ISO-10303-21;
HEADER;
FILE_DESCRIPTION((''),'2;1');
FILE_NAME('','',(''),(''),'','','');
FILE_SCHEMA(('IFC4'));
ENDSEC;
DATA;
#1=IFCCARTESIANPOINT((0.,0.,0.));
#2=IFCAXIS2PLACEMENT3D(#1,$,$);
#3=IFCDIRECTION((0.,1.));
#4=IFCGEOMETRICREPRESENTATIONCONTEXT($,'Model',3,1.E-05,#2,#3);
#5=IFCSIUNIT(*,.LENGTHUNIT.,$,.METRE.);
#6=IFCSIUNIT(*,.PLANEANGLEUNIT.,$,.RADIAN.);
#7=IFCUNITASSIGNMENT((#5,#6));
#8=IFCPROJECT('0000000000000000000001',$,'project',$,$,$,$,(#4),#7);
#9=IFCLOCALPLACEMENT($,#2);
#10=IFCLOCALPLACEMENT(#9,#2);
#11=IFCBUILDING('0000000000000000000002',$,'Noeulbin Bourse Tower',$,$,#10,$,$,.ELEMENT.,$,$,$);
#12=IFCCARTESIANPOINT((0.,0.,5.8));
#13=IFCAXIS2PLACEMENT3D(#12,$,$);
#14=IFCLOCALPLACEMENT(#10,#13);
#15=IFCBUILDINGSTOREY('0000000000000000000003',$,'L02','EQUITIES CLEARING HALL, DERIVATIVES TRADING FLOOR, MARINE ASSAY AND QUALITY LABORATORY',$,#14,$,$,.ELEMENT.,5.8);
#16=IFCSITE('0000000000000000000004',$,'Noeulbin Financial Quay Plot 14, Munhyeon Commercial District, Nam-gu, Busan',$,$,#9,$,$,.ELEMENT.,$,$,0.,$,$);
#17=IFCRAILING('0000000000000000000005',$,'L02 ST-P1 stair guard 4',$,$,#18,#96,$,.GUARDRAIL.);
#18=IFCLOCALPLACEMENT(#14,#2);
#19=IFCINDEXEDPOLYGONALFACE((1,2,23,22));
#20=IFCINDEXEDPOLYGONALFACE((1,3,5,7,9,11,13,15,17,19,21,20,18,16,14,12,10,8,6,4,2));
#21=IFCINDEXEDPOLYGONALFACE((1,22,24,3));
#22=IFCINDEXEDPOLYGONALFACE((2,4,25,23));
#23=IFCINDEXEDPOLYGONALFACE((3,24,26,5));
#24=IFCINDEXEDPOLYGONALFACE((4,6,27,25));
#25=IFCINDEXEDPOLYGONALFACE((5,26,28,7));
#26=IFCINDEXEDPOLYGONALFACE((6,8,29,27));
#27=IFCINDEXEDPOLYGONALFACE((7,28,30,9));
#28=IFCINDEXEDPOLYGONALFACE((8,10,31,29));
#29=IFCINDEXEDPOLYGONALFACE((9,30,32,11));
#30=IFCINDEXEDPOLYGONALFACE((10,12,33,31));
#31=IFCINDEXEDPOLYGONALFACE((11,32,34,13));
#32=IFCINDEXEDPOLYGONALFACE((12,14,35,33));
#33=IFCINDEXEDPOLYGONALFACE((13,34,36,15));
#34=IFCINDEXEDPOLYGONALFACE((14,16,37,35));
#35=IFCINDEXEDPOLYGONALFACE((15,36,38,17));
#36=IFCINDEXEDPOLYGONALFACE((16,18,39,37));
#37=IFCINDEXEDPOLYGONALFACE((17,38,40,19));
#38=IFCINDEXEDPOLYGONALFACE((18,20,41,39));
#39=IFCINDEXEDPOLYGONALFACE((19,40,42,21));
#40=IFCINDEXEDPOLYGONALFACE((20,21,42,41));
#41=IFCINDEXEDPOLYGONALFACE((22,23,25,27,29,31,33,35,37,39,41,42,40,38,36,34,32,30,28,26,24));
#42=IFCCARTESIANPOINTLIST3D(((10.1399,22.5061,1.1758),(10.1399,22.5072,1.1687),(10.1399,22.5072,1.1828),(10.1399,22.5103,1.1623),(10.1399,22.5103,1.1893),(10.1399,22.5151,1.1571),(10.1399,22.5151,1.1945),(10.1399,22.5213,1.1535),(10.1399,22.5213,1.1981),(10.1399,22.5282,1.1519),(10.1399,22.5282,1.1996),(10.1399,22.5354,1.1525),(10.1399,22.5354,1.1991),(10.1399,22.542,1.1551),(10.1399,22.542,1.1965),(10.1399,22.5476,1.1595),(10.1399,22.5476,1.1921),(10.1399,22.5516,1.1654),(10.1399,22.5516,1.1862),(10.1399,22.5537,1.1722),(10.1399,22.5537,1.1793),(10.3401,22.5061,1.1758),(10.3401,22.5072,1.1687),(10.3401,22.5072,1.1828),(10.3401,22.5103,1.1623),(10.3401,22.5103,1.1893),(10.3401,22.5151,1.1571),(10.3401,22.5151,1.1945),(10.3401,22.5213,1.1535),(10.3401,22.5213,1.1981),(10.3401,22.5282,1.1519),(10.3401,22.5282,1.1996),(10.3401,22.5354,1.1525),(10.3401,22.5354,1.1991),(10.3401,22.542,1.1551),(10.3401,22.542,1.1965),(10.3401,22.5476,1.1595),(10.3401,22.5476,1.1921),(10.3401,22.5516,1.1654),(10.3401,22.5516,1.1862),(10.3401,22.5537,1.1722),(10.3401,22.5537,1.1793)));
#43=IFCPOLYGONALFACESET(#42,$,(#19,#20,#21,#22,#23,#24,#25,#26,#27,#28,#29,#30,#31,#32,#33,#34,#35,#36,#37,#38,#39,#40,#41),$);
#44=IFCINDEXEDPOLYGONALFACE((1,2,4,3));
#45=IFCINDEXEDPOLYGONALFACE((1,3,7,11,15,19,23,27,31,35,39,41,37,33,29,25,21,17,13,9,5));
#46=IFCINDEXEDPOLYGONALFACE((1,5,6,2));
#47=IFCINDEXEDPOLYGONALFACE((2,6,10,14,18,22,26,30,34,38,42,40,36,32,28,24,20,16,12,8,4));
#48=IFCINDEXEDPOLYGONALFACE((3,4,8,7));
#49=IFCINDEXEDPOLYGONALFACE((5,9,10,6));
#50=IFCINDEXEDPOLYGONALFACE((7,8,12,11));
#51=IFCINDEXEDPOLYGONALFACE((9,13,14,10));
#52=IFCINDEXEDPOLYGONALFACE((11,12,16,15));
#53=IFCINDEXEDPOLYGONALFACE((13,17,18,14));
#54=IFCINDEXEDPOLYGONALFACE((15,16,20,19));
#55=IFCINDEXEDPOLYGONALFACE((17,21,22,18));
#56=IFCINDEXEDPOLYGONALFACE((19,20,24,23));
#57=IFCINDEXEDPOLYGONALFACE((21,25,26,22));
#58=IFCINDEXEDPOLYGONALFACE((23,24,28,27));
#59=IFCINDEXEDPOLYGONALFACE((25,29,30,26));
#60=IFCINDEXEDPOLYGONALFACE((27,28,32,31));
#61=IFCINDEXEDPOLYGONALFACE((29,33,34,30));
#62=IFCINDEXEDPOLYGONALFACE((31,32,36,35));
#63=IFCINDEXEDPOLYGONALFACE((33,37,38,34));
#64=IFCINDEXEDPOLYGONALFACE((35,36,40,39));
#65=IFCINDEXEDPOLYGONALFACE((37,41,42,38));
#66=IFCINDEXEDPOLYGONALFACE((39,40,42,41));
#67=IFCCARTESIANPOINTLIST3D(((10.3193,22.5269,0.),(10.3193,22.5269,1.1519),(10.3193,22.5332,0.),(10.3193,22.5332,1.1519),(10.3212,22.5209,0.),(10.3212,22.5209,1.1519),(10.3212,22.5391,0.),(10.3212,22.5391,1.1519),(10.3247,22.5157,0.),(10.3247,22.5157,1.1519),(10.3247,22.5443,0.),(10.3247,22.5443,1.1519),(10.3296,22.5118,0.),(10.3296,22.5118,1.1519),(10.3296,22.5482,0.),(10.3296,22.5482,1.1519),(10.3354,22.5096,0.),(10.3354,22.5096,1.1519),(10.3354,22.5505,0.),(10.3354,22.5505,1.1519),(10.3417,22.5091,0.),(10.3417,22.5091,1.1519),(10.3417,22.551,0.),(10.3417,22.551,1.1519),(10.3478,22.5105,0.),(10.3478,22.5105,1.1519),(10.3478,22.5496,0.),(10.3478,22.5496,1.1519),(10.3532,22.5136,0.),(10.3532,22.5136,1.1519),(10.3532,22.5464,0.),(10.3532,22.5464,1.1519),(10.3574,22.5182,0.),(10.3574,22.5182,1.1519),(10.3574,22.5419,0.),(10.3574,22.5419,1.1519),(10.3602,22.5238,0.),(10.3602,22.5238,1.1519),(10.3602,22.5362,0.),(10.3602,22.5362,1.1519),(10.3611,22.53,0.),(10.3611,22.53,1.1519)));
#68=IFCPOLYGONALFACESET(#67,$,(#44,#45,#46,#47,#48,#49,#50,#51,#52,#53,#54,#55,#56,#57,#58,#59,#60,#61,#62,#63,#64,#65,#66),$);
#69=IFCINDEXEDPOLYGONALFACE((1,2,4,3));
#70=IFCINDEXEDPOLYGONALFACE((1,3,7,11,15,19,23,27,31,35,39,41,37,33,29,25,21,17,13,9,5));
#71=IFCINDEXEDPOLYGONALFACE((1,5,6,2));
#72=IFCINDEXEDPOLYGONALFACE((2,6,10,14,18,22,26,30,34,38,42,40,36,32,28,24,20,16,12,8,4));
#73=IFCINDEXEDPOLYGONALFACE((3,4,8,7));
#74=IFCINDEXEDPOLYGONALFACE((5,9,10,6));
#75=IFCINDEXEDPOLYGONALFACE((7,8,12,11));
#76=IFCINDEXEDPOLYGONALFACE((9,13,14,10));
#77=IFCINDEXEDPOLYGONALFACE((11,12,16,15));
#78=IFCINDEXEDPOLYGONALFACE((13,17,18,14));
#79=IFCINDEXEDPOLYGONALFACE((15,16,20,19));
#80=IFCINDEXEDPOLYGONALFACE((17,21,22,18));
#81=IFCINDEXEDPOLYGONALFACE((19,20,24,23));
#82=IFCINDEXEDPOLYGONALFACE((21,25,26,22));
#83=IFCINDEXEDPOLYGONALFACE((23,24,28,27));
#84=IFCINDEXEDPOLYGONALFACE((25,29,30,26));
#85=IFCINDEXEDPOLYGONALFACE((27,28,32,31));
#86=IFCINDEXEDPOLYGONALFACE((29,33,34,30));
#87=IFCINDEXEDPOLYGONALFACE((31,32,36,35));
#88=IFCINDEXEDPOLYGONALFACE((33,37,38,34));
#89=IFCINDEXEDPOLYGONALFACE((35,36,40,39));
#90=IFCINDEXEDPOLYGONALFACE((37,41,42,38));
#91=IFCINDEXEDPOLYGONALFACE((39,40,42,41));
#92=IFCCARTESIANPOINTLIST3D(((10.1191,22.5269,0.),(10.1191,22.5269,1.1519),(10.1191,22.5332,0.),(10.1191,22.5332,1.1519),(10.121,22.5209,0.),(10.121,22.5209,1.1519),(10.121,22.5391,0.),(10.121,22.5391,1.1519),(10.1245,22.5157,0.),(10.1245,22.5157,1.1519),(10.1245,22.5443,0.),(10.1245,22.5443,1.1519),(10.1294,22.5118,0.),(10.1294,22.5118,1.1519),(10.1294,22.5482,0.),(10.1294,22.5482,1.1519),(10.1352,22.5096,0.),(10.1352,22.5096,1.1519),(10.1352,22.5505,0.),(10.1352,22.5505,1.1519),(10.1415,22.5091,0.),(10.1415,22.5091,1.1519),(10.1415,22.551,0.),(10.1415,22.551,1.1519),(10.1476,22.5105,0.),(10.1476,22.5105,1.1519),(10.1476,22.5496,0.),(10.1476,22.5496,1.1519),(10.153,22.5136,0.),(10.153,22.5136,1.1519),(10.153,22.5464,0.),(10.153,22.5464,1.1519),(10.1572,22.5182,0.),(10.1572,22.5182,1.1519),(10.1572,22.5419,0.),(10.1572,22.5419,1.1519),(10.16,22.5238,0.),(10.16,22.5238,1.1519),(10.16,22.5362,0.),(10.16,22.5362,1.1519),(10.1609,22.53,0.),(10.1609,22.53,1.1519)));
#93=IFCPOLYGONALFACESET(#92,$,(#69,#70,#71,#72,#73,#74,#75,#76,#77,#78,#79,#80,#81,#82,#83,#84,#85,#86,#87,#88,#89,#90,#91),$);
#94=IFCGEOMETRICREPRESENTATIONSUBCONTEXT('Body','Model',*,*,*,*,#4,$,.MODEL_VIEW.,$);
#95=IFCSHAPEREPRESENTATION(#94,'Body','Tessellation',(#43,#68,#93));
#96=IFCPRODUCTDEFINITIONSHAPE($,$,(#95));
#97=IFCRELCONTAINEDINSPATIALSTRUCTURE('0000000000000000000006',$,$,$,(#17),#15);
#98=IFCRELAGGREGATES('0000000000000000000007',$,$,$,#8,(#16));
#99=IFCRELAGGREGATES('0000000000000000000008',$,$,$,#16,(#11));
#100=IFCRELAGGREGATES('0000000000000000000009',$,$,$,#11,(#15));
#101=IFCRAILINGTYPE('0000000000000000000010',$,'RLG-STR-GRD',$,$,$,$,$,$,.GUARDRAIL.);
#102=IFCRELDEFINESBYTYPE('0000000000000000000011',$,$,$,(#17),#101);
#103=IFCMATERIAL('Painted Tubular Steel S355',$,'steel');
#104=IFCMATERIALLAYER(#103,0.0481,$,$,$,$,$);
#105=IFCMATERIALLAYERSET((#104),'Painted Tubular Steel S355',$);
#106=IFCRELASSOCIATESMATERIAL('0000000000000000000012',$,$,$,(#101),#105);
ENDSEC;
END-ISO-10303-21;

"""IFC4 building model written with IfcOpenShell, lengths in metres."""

from ifc_helpers import new_model, si_unit, direction, frame, origin, origin_2d, place, context, subcontext, project, spatial, circle, extrude, material, layer, layer_set, type_object, element, save


model = new_model("IFC4")

# Units and contexts
model_context = context("Model", 3, precision=1e-05, world=origin(), true_north=direction((0.0, 1.0)))
body_context = subcontext(model_context, "Body", "Model", "MODEL_VIEW")
ifc_project = project(units=[si_unit("LENGTHUNIT", "METRE"), si_unit("PLANEANGLEUNIT", "RADIAN")], contexts=[model_context])

# Site, building, storey
site_placement = place(None, origin())
site = spatial("IfcSite", under=ifc_project, at=site_placement, Name="Noeulbin Financial Quay Plot 14, Munhyeon Commercial District, Nam-gu, Busan", CompositionType="ELEMENT", RefElevation=0.0)
building_placement = place(site_placement, origin())
building = spatial("IfcBuilding", under=site, at=building_placement, Name="Noeulbin Bourse Tower", CompositionType="ELEMENT")
storey_placement = place(building_placement, frame((0.0, 0.0, 5.8)))
storey = spatial("IfcBuildingStorey", under=building, at=storey_placement, Name="L02", Description="EQUITIES CLEARING HALL, DERIVATIVES TRADING FLOOR, MARINE ASSAY AND QUALITY LABORATORY", CompositionType="ELEMENT", Elevation=5.8)

# Railing
ifc_material_1 = material(Name="Painted Tubular Steel S355", Category="steel")
ifc_layer_1 = layer(ifc_material_1, 0.0481)
ifc_layer_set_1 = layer_set([ifc_layer_1], Name="Painted Tubular Steel S355")
railing_type_1 = type_object("IfcRailingType", Name="RLG-STR-GRD", PredefinedType="GUARDRAIL", material=ifc_layer_set_1)
railing_1_placement = place(storey_placement, frame((10.3401, 22.53, 0.0)))
element("IfcRailing", 1, at=railing_1_placement, inside=storey, type_object=railing_type_1, Name="L02 ST-P1 stair guard 4", PredefinedType="GUARDRAIL", context=body_context, shape_type="SweptSolid", body=[
    extrude(circle(Radius=0.0239, at=origin_2d()), frame((0.0, 0.0, 1.1758), z_axis=(-1.0, 0.0, 0.0), x_axis=(0.0, -1.0, 0.0)), (0.0, 0.0, 1.0), 0.2002),
    extrude(circle(Radius=0.021, at=origin_2d()), origin(), (0.0, 0.0, 1.0), 1.1519),
    extrude(circle(Radius=0.021, at=origin_2d()), frame((-0.2002, 0.0, 0.0)), (0.0, 0.0, 1.0), 1.1519),
])

save(model, "model.ifc")
